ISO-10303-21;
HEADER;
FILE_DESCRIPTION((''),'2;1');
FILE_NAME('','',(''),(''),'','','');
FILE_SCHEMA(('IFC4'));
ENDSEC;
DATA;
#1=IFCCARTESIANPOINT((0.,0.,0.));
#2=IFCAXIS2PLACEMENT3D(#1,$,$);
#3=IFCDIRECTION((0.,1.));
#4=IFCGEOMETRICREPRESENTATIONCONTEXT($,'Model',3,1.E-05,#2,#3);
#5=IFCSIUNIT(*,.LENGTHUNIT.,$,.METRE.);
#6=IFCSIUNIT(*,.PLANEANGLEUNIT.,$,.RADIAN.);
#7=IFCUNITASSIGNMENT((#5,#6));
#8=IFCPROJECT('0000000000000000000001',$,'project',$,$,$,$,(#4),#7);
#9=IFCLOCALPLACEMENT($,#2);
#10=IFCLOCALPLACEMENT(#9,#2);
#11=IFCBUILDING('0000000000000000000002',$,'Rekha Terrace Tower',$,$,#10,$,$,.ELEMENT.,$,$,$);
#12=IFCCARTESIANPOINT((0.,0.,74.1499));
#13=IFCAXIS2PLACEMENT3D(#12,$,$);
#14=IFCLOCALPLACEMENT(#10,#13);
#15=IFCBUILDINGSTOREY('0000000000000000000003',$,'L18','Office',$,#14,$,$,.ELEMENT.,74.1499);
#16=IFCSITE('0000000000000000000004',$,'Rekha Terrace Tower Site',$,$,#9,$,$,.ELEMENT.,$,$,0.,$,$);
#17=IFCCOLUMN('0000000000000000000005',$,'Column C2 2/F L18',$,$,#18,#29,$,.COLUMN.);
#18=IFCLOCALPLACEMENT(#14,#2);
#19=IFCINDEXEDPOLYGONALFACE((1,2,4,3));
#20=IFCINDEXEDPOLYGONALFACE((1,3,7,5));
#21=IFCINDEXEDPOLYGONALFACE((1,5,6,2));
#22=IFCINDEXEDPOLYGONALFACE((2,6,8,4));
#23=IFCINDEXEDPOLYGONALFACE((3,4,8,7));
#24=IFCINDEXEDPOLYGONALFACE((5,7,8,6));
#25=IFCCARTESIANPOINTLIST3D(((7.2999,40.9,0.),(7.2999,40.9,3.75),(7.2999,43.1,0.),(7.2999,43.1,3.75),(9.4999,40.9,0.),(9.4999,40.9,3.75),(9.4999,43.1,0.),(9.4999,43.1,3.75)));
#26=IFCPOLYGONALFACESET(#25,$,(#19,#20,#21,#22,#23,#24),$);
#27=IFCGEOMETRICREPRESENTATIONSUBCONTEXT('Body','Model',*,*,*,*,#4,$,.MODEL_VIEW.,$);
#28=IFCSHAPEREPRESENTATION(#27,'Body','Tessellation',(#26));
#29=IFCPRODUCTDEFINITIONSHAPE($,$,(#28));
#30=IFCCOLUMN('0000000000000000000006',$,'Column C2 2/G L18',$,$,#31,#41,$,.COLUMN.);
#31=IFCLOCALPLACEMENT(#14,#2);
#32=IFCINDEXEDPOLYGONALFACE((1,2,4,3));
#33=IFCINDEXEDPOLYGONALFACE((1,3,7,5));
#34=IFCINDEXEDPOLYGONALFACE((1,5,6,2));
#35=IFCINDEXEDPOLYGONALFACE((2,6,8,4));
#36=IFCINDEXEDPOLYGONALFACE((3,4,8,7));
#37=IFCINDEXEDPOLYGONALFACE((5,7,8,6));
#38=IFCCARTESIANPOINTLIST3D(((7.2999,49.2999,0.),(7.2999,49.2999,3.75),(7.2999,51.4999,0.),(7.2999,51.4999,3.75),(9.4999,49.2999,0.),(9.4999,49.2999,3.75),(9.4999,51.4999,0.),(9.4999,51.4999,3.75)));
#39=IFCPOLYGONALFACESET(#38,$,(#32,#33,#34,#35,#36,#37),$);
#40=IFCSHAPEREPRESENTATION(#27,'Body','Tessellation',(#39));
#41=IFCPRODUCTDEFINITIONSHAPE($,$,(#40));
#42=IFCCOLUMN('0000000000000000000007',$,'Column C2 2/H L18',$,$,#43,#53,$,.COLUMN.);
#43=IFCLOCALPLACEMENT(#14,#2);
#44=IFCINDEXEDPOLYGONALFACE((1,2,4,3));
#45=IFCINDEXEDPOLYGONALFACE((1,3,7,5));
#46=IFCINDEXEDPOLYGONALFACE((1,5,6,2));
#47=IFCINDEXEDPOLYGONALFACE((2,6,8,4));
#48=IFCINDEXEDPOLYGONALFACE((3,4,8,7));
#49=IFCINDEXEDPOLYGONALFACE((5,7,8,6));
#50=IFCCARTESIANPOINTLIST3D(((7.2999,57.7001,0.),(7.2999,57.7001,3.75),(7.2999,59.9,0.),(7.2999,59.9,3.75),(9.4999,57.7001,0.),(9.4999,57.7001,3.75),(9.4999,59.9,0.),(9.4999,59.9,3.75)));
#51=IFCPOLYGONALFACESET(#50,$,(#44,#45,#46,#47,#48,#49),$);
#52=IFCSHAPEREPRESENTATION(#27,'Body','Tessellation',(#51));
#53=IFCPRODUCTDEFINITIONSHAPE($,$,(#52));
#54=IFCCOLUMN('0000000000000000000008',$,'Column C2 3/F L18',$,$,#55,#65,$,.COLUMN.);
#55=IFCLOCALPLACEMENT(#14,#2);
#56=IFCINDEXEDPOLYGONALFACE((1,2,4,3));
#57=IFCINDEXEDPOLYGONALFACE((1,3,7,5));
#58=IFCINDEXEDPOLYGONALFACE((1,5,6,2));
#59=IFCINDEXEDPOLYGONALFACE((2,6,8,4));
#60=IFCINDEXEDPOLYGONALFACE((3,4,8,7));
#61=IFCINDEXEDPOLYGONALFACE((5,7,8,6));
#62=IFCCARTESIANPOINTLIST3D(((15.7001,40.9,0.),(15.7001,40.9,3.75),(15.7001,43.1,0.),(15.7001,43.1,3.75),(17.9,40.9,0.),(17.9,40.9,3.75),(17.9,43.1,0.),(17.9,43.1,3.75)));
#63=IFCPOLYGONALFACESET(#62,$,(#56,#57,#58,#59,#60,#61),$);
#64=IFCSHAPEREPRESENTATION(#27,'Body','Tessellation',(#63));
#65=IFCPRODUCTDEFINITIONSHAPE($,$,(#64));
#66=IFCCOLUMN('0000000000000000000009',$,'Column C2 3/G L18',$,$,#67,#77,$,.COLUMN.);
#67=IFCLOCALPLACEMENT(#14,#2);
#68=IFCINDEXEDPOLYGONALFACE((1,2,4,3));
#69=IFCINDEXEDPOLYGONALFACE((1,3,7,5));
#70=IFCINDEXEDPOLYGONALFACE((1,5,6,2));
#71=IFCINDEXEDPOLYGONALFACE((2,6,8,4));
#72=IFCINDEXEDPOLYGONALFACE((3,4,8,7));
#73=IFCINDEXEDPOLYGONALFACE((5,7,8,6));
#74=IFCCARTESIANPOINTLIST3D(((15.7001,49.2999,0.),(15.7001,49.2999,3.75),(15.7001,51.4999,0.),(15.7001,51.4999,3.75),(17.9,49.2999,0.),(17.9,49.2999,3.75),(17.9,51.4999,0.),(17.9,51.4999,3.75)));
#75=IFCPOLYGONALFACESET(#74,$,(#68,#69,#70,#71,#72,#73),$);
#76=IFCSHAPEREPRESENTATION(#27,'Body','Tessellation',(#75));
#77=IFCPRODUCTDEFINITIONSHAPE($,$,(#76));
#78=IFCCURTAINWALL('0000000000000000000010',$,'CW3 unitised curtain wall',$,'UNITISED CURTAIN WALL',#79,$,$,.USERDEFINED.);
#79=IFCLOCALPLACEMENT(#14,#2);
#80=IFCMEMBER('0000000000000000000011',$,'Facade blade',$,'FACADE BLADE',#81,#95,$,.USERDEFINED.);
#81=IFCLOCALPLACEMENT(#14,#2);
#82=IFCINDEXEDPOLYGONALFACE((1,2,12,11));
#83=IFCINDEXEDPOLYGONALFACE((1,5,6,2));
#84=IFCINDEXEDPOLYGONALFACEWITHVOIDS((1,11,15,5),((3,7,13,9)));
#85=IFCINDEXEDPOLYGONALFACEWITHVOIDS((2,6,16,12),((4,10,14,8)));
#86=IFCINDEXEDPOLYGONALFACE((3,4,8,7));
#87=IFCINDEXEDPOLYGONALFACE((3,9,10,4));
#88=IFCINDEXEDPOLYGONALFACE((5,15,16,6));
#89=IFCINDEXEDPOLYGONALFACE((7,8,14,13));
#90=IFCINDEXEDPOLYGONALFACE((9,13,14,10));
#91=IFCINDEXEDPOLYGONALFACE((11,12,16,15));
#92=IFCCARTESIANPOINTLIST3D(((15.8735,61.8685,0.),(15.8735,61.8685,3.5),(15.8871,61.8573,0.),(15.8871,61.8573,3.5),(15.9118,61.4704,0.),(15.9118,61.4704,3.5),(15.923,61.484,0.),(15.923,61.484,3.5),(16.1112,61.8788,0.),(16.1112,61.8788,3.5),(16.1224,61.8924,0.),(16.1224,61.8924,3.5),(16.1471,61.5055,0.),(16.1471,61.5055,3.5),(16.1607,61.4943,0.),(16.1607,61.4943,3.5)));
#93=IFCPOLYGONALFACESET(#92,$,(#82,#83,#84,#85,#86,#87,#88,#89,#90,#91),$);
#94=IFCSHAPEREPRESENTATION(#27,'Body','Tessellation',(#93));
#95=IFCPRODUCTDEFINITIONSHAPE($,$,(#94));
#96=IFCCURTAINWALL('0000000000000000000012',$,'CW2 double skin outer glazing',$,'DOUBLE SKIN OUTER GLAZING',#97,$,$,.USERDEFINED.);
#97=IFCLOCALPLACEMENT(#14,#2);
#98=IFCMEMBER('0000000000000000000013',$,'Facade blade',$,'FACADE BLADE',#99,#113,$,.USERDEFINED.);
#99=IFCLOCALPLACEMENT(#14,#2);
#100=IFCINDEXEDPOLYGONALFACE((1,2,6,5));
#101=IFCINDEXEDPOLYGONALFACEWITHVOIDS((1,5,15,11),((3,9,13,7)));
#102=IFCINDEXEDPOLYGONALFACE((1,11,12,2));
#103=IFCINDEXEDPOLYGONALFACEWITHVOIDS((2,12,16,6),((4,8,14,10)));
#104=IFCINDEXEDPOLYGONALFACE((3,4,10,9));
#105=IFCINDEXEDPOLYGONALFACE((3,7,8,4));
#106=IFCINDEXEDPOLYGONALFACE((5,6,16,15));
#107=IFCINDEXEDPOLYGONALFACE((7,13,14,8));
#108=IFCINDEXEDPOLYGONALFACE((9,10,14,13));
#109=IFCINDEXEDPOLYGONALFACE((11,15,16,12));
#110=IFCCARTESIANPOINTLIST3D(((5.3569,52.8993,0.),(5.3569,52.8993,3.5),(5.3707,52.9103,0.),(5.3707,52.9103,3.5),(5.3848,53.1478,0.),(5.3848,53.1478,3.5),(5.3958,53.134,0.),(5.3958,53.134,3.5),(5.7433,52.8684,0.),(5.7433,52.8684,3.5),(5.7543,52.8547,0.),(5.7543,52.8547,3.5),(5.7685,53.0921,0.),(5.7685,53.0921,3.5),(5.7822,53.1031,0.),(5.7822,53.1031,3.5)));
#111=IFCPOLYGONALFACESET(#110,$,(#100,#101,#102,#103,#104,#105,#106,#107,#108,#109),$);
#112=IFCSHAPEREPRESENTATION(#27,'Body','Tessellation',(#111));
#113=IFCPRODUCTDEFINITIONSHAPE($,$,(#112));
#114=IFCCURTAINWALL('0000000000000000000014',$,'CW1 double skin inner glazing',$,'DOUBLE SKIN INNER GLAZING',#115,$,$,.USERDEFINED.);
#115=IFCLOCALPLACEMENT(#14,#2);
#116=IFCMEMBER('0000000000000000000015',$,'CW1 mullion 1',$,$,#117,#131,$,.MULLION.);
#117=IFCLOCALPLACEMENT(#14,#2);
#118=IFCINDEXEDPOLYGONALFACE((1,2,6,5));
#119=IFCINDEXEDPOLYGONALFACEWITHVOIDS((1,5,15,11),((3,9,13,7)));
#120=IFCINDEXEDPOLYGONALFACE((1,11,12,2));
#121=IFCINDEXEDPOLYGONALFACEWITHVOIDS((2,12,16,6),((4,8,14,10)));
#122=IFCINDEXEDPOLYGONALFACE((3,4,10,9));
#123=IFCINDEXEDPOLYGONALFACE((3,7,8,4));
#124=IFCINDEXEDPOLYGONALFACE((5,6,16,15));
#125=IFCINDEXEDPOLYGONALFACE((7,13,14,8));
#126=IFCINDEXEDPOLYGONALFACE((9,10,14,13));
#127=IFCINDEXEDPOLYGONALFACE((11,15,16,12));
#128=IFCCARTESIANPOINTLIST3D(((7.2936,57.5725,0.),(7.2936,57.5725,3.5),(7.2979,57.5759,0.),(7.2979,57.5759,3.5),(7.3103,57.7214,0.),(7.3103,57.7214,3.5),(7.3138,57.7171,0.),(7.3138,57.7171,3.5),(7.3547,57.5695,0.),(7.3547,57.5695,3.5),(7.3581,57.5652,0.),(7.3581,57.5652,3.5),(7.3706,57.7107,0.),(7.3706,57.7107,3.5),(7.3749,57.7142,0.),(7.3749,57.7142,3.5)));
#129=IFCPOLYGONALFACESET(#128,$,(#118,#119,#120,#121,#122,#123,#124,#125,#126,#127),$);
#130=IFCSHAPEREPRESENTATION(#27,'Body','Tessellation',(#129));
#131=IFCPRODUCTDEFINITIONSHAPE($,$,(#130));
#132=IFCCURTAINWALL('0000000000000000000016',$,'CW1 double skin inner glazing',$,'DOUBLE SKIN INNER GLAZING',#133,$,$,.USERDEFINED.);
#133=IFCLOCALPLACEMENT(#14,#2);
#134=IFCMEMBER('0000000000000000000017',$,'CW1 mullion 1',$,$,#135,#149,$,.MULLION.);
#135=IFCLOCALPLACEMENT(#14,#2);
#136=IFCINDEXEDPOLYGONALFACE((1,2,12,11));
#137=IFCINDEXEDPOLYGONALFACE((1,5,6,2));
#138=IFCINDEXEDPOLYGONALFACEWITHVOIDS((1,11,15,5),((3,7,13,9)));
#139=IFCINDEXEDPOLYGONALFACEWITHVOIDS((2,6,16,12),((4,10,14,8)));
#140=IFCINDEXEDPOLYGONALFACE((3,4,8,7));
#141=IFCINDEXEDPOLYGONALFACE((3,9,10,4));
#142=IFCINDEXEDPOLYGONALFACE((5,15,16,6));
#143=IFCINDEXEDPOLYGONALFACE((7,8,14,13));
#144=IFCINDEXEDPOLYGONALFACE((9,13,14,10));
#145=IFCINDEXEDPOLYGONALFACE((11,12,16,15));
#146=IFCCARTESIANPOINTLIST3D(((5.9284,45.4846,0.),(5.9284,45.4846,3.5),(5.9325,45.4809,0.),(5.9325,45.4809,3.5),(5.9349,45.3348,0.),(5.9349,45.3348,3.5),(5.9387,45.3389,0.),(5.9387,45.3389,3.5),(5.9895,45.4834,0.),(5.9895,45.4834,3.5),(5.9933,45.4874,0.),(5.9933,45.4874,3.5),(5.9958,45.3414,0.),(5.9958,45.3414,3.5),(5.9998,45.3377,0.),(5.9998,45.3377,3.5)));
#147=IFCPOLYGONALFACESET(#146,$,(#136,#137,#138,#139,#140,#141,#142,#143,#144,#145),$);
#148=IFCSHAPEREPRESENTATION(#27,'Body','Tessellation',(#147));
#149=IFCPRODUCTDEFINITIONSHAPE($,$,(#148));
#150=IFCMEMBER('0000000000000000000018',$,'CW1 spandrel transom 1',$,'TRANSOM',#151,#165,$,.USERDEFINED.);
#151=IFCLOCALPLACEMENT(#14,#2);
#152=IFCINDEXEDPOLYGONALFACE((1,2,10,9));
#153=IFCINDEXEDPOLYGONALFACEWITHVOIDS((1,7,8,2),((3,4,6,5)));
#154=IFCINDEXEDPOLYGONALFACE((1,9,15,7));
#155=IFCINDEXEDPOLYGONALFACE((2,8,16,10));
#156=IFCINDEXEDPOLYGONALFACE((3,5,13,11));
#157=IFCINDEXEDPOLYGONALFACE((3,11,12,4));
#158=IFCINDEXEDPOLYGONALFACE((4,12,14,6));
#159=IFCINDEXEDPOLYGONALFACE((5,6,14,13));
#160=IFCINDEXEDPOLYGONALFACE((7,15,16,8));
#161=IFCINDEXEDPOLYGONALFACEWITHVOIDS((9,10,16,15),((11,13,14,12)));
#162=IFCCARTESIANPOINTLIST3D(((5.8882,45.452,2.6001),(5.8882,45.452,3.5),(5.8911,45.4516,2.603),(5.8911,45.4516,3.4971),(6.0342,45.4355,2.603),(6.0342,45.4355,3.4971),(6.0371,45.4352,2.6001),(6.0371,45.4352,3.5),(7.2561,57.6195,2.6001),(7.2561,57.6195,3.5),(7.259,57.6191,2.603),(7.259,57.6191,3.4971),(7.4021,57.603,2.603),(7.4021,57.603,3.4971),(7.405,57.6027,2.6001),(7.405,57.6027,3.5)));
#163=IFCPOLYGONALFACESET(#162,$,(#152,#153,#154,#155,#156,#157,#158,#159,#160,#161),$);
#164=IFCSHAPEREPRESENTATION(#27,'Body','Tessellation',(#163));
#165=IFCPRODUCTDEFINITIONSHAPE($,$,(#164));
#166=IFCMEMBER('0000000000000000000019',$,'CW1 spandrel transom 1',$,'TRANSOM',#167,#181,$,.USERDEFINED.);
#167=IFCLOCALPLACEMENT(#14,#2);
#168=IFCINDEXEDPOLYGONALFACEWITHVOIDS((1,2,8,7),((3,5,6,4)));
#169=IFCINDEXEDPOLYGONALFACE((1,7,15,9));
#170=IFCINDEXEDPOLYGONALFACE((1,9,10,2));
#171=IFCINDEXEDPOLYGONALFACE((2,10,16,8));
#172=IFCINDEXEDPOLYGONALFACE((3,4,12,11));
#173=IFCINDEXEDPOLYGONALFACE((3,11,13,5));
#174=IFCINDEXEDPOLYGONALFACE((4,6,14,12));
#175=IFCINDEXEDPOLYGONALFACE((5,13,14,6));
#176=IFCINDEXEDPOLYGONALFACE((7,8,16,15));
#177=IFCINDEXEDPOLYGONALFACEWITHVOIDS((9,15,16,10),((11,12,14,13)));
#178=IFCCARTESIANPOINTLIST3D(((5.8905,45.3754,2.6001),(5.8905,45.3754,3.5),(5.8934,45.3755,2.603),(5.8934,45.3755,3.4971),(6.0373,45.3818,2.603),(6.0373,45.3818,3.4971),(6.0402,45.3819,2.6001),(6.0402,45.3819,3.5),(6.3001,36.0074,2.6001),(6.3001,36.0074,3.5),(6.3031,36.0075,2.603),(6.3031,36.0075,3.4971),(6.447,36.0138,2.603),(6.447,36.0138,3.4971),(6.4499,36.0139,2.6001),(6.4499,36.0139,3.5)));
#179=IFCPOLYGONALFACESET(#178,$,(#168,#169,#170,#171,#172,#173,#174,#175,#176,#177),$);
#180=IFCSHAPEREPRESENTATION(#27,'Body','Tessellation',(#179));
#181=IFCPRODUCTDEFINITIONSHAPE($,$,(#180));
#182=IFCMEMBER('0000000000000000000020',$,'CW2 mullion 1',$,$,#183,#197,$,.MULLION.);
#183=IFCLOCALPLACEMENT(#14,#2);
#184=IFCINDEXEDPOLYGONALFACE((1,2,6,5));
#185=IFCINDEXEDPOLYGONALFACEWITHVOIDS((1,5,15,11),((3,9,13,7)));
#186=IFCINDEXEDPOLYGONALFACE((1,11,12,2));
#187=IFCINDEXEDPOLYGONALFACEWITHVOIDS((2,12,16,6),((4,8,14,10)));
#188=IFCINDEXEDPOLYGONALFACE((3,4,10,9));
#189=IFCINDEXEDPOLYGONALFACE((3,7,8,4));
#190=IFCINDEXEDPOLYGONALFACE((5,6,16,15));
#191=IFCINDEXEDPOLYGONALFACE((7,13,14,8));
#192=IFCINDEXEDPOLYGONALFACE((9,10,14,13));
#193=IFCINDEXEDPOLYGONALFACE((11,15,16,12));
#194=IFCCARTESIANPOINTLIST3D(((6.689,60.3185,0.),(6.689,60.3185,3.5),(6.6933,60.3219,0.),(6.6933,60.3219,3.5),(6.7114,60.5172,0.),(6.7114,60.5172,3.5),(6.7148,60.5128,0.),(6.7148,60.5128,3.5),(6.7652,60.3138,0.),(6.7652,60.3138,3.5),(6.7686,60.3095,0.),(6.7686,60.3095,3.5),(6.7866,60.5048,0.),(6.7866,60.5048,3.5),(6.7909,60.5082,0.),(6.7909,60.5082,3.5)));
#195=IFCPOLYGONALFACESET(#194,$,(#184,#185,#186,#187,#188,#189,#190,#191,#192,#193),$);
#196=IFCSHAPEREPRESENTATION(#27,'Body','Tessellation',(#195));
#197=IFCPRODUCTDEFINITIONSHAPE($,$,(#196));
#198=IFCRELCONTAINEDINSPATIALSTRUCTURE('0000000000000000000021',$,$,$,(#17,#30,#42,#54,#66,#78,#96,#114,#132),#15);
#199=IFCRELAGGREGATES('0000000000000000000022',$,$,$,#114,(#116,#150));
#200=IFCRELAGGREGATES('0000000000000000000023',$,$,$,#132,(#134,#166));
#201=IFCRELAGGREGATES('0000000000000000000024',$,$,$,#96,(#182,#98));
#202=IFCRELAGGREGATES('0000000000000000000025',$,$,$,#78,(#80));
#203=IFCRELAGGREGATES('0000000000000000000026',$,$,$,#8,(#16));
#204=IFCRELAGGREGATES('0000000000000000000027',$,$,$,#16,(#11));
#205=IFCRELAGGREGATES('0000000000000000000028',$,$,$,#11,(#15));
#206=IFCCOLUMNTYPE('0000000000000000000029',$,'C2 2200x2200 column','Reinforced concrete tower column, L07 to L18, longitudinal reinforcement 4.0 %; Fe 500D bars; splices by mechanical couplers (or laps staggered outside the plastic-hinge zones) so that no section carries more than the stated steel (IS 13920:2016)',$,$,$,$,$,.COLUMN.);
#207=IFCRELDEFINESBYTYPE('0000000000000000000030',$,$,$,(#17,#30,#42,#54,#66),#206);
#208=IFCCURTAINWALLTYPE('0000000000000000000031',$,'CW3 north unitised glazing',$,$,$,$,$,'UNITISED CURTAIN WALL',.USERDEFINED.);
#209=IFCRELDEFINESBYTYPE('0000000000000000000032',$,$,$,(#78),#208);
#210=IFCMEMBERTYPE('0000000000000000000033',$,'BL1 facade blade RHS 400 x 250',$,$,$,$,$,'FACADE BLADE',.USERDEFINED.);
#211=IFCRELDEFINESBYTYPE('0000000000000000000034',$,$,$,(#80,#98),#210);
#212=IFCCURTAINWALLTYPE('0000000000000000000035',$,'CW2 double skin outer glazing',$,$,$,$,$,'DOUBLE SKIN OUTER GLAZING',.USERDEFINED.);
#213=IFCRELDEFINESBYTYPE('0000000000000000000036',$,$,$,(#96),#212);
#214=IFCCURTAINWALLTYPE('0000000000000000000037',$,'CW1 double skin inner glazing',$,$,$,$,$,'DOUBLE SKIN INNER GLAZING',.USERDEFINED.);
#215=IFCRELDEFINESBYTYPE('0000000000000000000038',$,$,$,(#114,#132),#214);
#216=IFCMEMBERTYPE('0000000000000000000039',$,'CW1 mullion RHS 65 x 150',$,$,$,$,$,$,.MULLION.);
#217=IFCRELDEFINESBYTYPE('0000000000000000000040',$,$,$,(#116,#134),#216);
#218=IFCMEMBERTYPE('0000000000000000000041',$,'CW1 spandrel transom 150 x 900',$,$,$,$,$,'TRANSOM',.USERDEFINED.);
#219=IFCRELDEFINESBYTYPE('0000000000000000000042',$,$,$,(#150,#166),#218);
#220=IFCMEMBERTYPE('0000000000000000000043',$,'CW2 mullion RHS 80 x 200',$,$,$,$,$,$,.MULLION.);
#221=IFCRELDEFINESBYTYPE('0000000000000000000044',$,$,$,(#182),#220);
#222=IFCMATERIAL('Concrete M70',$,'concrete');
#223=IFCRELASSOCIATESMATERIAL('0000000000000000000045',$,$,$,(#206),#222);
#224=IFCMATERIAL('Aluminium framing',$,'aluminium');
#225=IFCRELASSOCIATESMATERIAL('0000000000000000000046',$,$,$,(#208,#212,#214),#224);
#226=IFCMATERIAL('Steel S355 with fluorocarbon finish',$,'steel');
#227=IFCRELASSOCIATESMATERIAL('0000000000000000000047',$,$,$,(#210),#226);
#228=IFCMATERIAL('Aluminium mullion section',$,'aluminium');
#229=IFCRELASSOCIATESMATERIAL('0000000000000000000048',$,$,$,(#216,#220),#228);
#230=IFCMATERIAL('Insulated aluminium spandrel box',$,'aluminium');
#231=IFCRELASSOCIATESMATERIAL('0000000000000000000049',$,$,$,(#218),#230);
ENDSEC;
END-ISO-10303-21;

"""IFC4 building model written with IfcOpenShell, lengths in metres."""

from ifc_helpers import new_model, si_unit, direction, frame, origin, origin_2d, place, context, subcontext, project, spatial, rectangle, hollow_rectangle, extrude, material, material_profile, profile_set, type_object, element, aggregate, save


model = new_model("IFC4")

# Units and contexts
model_context = context("Model", 3, precision=1e-05, world=origin(), true_north=direction((0.0, 1.0)))
body_context = subcontext(model_context, "Body", "Model", "MODEL_VIEW")
ifc_project = project(units=[si_unit("LENGTHUNIT", "METRE"), si_unit("PLANEANGLEUNIT", "RADIAN")], contexts=[model_context])

# Site, building, storey
site_placement = place(None, origin())
site = spatial("IfcSite", under=ifc_project, at=site_placement, Name="Rekha Terrace Tower Site", CompositionType="ELEMENT", RefElevation=0.0)
building_placement = place(site_placement, origin())
building = spatial("IfcBuilding", under=site, at=building_placement, Name="Rekha Terrace Tower", CompositionType="ELEMENT")
storey_placement = place(building_placement, frame((0.0, 0.0, 74.1499)))
storey = spatial("IfcBuildingStorey", under=building, at=storey_placement, Name="L18", Description="Office", CompositionType="ELEMENT", Elevation=74.1499)

# Columns
ifc_material_1 = material(Name="Concrete M70", Category="concrete")
ifc_material_profile_1 = material_profile(ifc_material_1, rectangle(XDim=2.2, YDim=2.2, at=origin_2d()), Name="RC 2200x2200")
ifc_profile_set_1 = profile_set([ifc_material_profile_1], Name="Concrete M70")
column_type = type_object("IfcColumnType", Name="C2 2200x2200 column", Description="Reinforced concrete tower column, L07 to L18, longitudinal reinforcement 4.0 %; Fe 500D bars; splices by mechanical couplers (or laps staggered outside the plastic-hinge zones) so that no section carries more than the stated steel (IS 13920:2016)", PredefinedType="COLUMN", material=ifc_profile_set_1)
for number, where, z_axis, x_axis, name in (
    (1, (8.3999, 42.0, 0.0), (0.0, 0.0, 1.0), (1.0, 0.0, 0.0), "Column C2 2/F L18"),
    (2, (8.3999, 50.3999, 0.0), (0.0, 0.0, 1.0), (1.0, 0.0, 0.0), "Column C2 2/G L18"),
    (3, (8.3999, 58.8, 0.0), (0.0, 0.0, 1.0), (1.0, 0.0, 0.0), "Column C2 2/H L18"),
    (4, (16.8, 42.0, 0.0), (0.0, 0.0, 1.0), (1.0, 0.0, 0.0), "Column C2 3/F L18"),
    (5, (16.8, 50.3999, 0.0), (0.0, 0.0, 1.0), (1.0, 0.0, 0.0), "Column C2 3/G L18"),
):
    element("IfcColumn", number, at=place(storey_placement, frame(where, z_axis=z_axis, x_axis=x_axis)), inside=storey, type_object=column_type, Name=name, PredefinedType="COLUMN", context=body_context, shape_type="SweptSolid", body=[
        extrude(rectangle(XDim=2.2, YDim=2.2, at=origin_2d()), origin(), (0.0, 0.0, 1.0), 3.75),
    ])

# Curtain walls, members
ifc_material_2 = material(Name="Aluminium framing", Category="aluminium")
curtain_wall_type_1 = type_object("IfcCurtainWallType", Name="CW3 north unitised glazing", ElementType="UNITISED CURTAIN WALL", PredefinedType="USERDEFINED", material=ifc_material_2)
curtain_wall_1_placement = place(storey_placement, origin())
curtain_wall_1 = element("IfcCurtainWall", 6, at=curtain_wall_1_placement, inside=storey, type_object=curtain_wall_type_1, Name="CW3 unitised curtain wall", ObjectType="UNITISED CURTAIN WALL", PredefinedType="USERDEFINED")
ifc_material_3 = material(Name="Steel S355 with fluorocarbon finish", Category="steel")
ifc_material_profile_2 = material_profile(ifc_material_3, hollow_rectangle(XDim=0.25, YDim=0.3999, WallThickness=0.0125, at=origin_2d()), Name="RHS400x250x12.5")
ifc_profile_set_2 = profile_set([ifc_material_profile_2], Name="Steel S355 with fluorocarbon finish")
member_type_1 = type_object("IfcMemberType", Name="BL1 facade blade RHS 400 x 250", ElementType="FACADE BLADE", PredefinedType="USERDEFINED", material=ifc_profile_set_2)
member_1_placement = place(storey_placement, frame((16.0171, 61.6814, 0.0), z_axis=(0.0, 0.0, 1.0), x_axis=(-0.995409, -0.095712, 0.0)))
member_1 = element("IfcMember", 7, at=member_1_placement, type_object=member_type_1, Name="Facade blade", ObjectType="FACADE BLADE", PredefinedType="USERDEFINED", context=body_context, shape_type="SweptSolid", body=[
    extrude(hollow_rectangle(XDim=0.25, YDim=0.3999, WallThickness=0.0125, at=origin_2d()), origin(), (0.0, 0.0, 1.0), 3.5),
])
curtain_wall_type_2 = type_object("IfcCurtainWallType", Name="CW2 double skin outer glazing", ElementType="DOUBLE SKIN OUTER GLAZING", PredefinedType="USERDEFINED", material=ifc_material_2)
curtain_wall_2_placement = place(storey_placement, origin())
curtain_wall_2 = element("IfcCurtainWall", 8, at=curtain_wall_2_placement, inside=storey, type_object=curtain_wall_type_2, Name="CW2 double skin outer glazing", ObjectType="DOUBLE SKIN OUTER GLAZING", PredefinedType="USERDEFINED")
member_2_placement = place(storey_placement, frame((5.5696, 53.0012, 0.0), z_axis=(0.0, 0.0, 1.0), x_axis=(-0.111729, -0.993739, 0.0)))
member_2 = element("IfcMember", 9, at=member_2_placement, type_object=member_type_1, Name="Facade blade", ObjectType="FACADE BLADE", PredefinedType="USERDEFINED", context=body_context, shape_type="SweptSolid", body=[
    extrude(hollow_rectangle(XDim=0.25, YDim=0.3999, WallThickness=0.0125, at=origin_2d()), origin(), (0.0, 0.0, 1.0), 3.5),
])
curtain_wall_type_3 = type_object("IfcCurtainWallType", Name="CW1 double skin inner glazing", ElementType="DOUBLE SKIN INNER GLAZING", PredefinedType="USERDEFINED", material=ifc_material_2)
curtain_wall_3_placement = place(storey_placement, origin())
curtain_wall_3 = element("IfcCurtainWall", 10, at=curtain_wall_3_placement, inside=storey, type_object=curtain_wall_type_3, Name="CW1 double skin inner glazing", ObjectType="DOUBLE SKIN INNER GLAZING", PredefinedType="USERDEFINED")
ifc_material_4 = material(Name="Aluminium mullion section", Category="aluminium")
ifc_material_profile_3 = material_profile(ifc_material_4, hollow_rectangle(XDim=0.0649, YDim=0.1499, WallThickness=0.0039, at=origin_2d()), Name="AL RHS 65x150")
ifc_profile_set_3 = profile_set([ifc_material_profile_3], Name="Aluminium mullion section")
member_type_2 = type_object("IfcMemberType", Name="CW1 mullion RHS 65 x 150", PredefinedType="MULLION", material=ifc_profile_set_3)
member_3_placement = place(storey_placement, frame((7.3342, 57.6433, 0.0), z_axis=(0.0, 0.0, 1.0), x_axis=(0.993739, -0.11173, 0.0)))
member_3 = element("IfcMember", 11, at=member_3_placement, type_object=member_type_2, Name="CW1 mullion 1", PredefinedType="MULLION", context=body_context, shape_type="SweptSolid", body=[
    extrude(hollow_rectangle(XDim=0.0649, YDim=0.1499, WallThickness=0.0039, at=origin_2d()), origin(), (0.0, 0.0, 1.0), 3.5),
])
curtain_wall_4_placement = place(storey_placement, origin())
curtain_wall_4 = element("IfcCurtainWall", 12, at=curtain_wall_4_placement, inside=storey, type_object=curtain_wall_type_3, Name="CW1 double skin inner glazing", ObjectType="DOUBLE SKIN INNER GLAZING", PredefinedType="USERDEFINED")
member_4_placement = place(storey_placement, frame((5.9641, 45.4111, 0.0), z_axis=(0.0, 0.0, 1.0), x_axis=(0.999045, 0.043683, 0.0)))
member_4 = element("IfcMember", 13, at=member_4_placement, type_object=member_type_2, Name="CW1 mullion 1", PredefinedType="MULLION", context=body_context, shape_type="SweptSolid", body=[
    extrude(hollow_rectangle(XDim=0.0649, YDim=0.1499, WallThickness=0.0039, at=origin_2d()), origin(), (0.0, 0.0, 1.0), 3.5),
])

# Members
ifc_material_5 = material(Name="Insulated aluminium spandrel box", Category="aluminium")
ifc_material_profile_4 = material_profile(ifc_material_5, hollow_rectangle(XDim=0.1499, YDim=0.8999, WallThickness=0.0029, at=origin_2d()), Name="AL SPANDREL BOX 150x900")
ifc_profile_set_4 = profile_set([ifc_material_profile_4], Name="Insulated aluminium spandrel box")
member_type_3 = type_object("IfcMemberType", Name="CW1 spandrel transom 150 x 900", ElementType="TRANSOM", PredefinedType="USERDEFINED", material=ifc_profile_set_4)
member_5_placement = place(storey_placement, frame((7.3306, 57.6111, 3.05), z_axis=(-0.11172, -0.99374, 0.0), x_axis=(0.99374, -0.11172, 0.0)))
member_5 = element("IfcMember", 14, at=member_5_placement, type_object=member_type_3, Name="CW1 spandrel transom 1", ObjectType="TRANSOM", PredefinedType="USERDEFINED", context=body_context, shape_type="SweptSolid", body=[
    extrude(hollow_rectangle(XDim=0.1499, YDim=0.8999, WallThickness=0.0029, at=origin_2d()), origin(), (0.0, 0.0, 1.0), 12.2441),
])
member_6_placement = place(storey_placement, frame((5.9653, 45.3787, 3.05), z_axis=(0.043689, -0.999045, 0.0), x_axis=(0.999045, 0.043689, 0.0)))
member_6 = element("IfcMember", 15, at=member_6_placement, type_object=member_type_3, Name="CW1 spandrel transom 1", ObjectType="TRANSOM", PredefinedType="USERDEFINED", context=body_context, shape_type="SweptSolid", body=[
    extrude(hollow_rectangle(XDim=0.1499, YDim=0.8999, WallThickness=0.0029, at=origin_2d()), origin(), (0.0, 0.0, 1.0), 9.377),
])
ifc_material_profile_5 = material_profile(ifc_material_4, hollow_rectangle(XDim=0.0801, YDim=0.2, WallThickness=0.0039, at=origin_2d()), Name="AL RHS 80x200")
ifc_profile_set_5 = profile_set([ifc_material_profile_5], Name="Aluminium mullion section")
member_type_4 = type_object("IfcMemberType", Name="CW2 mullion RHS 80 x 200", PredefinedType="MULLION", material=ifc_profile_set_5)
member_7_placement = place(storey_placement, frame((6.74, 60.4133, 0.0), z_axis=(0.0, 0.0, 1.0), x_axis=(0.993739, -0.11173, 0.0)))
member_7 = element("IfcMember", 16, at=member_7_placement, type_object=member_type_4, Name="CW2 mullion 1", PredefinedType="MULLION", context=body_context, shape_type="SweptSolid", body=[
    extrude(hollow_rectangle(XDim=0.0801, YDim=0.2, WallThickness=0.0039, at=origin_2d()), origin(), (0.0, 0.0, 1.0), 3.5),
])

aggregate(curtain_wall_3, [member_3, member_5])
aggregate(curtain_wall_4, [member_4, member_6])
aggregate(curtain_wall_2, [member_7, member_2])
aggregate(curtain_wall_1, [member_1])

save(model, "model.ifc")
